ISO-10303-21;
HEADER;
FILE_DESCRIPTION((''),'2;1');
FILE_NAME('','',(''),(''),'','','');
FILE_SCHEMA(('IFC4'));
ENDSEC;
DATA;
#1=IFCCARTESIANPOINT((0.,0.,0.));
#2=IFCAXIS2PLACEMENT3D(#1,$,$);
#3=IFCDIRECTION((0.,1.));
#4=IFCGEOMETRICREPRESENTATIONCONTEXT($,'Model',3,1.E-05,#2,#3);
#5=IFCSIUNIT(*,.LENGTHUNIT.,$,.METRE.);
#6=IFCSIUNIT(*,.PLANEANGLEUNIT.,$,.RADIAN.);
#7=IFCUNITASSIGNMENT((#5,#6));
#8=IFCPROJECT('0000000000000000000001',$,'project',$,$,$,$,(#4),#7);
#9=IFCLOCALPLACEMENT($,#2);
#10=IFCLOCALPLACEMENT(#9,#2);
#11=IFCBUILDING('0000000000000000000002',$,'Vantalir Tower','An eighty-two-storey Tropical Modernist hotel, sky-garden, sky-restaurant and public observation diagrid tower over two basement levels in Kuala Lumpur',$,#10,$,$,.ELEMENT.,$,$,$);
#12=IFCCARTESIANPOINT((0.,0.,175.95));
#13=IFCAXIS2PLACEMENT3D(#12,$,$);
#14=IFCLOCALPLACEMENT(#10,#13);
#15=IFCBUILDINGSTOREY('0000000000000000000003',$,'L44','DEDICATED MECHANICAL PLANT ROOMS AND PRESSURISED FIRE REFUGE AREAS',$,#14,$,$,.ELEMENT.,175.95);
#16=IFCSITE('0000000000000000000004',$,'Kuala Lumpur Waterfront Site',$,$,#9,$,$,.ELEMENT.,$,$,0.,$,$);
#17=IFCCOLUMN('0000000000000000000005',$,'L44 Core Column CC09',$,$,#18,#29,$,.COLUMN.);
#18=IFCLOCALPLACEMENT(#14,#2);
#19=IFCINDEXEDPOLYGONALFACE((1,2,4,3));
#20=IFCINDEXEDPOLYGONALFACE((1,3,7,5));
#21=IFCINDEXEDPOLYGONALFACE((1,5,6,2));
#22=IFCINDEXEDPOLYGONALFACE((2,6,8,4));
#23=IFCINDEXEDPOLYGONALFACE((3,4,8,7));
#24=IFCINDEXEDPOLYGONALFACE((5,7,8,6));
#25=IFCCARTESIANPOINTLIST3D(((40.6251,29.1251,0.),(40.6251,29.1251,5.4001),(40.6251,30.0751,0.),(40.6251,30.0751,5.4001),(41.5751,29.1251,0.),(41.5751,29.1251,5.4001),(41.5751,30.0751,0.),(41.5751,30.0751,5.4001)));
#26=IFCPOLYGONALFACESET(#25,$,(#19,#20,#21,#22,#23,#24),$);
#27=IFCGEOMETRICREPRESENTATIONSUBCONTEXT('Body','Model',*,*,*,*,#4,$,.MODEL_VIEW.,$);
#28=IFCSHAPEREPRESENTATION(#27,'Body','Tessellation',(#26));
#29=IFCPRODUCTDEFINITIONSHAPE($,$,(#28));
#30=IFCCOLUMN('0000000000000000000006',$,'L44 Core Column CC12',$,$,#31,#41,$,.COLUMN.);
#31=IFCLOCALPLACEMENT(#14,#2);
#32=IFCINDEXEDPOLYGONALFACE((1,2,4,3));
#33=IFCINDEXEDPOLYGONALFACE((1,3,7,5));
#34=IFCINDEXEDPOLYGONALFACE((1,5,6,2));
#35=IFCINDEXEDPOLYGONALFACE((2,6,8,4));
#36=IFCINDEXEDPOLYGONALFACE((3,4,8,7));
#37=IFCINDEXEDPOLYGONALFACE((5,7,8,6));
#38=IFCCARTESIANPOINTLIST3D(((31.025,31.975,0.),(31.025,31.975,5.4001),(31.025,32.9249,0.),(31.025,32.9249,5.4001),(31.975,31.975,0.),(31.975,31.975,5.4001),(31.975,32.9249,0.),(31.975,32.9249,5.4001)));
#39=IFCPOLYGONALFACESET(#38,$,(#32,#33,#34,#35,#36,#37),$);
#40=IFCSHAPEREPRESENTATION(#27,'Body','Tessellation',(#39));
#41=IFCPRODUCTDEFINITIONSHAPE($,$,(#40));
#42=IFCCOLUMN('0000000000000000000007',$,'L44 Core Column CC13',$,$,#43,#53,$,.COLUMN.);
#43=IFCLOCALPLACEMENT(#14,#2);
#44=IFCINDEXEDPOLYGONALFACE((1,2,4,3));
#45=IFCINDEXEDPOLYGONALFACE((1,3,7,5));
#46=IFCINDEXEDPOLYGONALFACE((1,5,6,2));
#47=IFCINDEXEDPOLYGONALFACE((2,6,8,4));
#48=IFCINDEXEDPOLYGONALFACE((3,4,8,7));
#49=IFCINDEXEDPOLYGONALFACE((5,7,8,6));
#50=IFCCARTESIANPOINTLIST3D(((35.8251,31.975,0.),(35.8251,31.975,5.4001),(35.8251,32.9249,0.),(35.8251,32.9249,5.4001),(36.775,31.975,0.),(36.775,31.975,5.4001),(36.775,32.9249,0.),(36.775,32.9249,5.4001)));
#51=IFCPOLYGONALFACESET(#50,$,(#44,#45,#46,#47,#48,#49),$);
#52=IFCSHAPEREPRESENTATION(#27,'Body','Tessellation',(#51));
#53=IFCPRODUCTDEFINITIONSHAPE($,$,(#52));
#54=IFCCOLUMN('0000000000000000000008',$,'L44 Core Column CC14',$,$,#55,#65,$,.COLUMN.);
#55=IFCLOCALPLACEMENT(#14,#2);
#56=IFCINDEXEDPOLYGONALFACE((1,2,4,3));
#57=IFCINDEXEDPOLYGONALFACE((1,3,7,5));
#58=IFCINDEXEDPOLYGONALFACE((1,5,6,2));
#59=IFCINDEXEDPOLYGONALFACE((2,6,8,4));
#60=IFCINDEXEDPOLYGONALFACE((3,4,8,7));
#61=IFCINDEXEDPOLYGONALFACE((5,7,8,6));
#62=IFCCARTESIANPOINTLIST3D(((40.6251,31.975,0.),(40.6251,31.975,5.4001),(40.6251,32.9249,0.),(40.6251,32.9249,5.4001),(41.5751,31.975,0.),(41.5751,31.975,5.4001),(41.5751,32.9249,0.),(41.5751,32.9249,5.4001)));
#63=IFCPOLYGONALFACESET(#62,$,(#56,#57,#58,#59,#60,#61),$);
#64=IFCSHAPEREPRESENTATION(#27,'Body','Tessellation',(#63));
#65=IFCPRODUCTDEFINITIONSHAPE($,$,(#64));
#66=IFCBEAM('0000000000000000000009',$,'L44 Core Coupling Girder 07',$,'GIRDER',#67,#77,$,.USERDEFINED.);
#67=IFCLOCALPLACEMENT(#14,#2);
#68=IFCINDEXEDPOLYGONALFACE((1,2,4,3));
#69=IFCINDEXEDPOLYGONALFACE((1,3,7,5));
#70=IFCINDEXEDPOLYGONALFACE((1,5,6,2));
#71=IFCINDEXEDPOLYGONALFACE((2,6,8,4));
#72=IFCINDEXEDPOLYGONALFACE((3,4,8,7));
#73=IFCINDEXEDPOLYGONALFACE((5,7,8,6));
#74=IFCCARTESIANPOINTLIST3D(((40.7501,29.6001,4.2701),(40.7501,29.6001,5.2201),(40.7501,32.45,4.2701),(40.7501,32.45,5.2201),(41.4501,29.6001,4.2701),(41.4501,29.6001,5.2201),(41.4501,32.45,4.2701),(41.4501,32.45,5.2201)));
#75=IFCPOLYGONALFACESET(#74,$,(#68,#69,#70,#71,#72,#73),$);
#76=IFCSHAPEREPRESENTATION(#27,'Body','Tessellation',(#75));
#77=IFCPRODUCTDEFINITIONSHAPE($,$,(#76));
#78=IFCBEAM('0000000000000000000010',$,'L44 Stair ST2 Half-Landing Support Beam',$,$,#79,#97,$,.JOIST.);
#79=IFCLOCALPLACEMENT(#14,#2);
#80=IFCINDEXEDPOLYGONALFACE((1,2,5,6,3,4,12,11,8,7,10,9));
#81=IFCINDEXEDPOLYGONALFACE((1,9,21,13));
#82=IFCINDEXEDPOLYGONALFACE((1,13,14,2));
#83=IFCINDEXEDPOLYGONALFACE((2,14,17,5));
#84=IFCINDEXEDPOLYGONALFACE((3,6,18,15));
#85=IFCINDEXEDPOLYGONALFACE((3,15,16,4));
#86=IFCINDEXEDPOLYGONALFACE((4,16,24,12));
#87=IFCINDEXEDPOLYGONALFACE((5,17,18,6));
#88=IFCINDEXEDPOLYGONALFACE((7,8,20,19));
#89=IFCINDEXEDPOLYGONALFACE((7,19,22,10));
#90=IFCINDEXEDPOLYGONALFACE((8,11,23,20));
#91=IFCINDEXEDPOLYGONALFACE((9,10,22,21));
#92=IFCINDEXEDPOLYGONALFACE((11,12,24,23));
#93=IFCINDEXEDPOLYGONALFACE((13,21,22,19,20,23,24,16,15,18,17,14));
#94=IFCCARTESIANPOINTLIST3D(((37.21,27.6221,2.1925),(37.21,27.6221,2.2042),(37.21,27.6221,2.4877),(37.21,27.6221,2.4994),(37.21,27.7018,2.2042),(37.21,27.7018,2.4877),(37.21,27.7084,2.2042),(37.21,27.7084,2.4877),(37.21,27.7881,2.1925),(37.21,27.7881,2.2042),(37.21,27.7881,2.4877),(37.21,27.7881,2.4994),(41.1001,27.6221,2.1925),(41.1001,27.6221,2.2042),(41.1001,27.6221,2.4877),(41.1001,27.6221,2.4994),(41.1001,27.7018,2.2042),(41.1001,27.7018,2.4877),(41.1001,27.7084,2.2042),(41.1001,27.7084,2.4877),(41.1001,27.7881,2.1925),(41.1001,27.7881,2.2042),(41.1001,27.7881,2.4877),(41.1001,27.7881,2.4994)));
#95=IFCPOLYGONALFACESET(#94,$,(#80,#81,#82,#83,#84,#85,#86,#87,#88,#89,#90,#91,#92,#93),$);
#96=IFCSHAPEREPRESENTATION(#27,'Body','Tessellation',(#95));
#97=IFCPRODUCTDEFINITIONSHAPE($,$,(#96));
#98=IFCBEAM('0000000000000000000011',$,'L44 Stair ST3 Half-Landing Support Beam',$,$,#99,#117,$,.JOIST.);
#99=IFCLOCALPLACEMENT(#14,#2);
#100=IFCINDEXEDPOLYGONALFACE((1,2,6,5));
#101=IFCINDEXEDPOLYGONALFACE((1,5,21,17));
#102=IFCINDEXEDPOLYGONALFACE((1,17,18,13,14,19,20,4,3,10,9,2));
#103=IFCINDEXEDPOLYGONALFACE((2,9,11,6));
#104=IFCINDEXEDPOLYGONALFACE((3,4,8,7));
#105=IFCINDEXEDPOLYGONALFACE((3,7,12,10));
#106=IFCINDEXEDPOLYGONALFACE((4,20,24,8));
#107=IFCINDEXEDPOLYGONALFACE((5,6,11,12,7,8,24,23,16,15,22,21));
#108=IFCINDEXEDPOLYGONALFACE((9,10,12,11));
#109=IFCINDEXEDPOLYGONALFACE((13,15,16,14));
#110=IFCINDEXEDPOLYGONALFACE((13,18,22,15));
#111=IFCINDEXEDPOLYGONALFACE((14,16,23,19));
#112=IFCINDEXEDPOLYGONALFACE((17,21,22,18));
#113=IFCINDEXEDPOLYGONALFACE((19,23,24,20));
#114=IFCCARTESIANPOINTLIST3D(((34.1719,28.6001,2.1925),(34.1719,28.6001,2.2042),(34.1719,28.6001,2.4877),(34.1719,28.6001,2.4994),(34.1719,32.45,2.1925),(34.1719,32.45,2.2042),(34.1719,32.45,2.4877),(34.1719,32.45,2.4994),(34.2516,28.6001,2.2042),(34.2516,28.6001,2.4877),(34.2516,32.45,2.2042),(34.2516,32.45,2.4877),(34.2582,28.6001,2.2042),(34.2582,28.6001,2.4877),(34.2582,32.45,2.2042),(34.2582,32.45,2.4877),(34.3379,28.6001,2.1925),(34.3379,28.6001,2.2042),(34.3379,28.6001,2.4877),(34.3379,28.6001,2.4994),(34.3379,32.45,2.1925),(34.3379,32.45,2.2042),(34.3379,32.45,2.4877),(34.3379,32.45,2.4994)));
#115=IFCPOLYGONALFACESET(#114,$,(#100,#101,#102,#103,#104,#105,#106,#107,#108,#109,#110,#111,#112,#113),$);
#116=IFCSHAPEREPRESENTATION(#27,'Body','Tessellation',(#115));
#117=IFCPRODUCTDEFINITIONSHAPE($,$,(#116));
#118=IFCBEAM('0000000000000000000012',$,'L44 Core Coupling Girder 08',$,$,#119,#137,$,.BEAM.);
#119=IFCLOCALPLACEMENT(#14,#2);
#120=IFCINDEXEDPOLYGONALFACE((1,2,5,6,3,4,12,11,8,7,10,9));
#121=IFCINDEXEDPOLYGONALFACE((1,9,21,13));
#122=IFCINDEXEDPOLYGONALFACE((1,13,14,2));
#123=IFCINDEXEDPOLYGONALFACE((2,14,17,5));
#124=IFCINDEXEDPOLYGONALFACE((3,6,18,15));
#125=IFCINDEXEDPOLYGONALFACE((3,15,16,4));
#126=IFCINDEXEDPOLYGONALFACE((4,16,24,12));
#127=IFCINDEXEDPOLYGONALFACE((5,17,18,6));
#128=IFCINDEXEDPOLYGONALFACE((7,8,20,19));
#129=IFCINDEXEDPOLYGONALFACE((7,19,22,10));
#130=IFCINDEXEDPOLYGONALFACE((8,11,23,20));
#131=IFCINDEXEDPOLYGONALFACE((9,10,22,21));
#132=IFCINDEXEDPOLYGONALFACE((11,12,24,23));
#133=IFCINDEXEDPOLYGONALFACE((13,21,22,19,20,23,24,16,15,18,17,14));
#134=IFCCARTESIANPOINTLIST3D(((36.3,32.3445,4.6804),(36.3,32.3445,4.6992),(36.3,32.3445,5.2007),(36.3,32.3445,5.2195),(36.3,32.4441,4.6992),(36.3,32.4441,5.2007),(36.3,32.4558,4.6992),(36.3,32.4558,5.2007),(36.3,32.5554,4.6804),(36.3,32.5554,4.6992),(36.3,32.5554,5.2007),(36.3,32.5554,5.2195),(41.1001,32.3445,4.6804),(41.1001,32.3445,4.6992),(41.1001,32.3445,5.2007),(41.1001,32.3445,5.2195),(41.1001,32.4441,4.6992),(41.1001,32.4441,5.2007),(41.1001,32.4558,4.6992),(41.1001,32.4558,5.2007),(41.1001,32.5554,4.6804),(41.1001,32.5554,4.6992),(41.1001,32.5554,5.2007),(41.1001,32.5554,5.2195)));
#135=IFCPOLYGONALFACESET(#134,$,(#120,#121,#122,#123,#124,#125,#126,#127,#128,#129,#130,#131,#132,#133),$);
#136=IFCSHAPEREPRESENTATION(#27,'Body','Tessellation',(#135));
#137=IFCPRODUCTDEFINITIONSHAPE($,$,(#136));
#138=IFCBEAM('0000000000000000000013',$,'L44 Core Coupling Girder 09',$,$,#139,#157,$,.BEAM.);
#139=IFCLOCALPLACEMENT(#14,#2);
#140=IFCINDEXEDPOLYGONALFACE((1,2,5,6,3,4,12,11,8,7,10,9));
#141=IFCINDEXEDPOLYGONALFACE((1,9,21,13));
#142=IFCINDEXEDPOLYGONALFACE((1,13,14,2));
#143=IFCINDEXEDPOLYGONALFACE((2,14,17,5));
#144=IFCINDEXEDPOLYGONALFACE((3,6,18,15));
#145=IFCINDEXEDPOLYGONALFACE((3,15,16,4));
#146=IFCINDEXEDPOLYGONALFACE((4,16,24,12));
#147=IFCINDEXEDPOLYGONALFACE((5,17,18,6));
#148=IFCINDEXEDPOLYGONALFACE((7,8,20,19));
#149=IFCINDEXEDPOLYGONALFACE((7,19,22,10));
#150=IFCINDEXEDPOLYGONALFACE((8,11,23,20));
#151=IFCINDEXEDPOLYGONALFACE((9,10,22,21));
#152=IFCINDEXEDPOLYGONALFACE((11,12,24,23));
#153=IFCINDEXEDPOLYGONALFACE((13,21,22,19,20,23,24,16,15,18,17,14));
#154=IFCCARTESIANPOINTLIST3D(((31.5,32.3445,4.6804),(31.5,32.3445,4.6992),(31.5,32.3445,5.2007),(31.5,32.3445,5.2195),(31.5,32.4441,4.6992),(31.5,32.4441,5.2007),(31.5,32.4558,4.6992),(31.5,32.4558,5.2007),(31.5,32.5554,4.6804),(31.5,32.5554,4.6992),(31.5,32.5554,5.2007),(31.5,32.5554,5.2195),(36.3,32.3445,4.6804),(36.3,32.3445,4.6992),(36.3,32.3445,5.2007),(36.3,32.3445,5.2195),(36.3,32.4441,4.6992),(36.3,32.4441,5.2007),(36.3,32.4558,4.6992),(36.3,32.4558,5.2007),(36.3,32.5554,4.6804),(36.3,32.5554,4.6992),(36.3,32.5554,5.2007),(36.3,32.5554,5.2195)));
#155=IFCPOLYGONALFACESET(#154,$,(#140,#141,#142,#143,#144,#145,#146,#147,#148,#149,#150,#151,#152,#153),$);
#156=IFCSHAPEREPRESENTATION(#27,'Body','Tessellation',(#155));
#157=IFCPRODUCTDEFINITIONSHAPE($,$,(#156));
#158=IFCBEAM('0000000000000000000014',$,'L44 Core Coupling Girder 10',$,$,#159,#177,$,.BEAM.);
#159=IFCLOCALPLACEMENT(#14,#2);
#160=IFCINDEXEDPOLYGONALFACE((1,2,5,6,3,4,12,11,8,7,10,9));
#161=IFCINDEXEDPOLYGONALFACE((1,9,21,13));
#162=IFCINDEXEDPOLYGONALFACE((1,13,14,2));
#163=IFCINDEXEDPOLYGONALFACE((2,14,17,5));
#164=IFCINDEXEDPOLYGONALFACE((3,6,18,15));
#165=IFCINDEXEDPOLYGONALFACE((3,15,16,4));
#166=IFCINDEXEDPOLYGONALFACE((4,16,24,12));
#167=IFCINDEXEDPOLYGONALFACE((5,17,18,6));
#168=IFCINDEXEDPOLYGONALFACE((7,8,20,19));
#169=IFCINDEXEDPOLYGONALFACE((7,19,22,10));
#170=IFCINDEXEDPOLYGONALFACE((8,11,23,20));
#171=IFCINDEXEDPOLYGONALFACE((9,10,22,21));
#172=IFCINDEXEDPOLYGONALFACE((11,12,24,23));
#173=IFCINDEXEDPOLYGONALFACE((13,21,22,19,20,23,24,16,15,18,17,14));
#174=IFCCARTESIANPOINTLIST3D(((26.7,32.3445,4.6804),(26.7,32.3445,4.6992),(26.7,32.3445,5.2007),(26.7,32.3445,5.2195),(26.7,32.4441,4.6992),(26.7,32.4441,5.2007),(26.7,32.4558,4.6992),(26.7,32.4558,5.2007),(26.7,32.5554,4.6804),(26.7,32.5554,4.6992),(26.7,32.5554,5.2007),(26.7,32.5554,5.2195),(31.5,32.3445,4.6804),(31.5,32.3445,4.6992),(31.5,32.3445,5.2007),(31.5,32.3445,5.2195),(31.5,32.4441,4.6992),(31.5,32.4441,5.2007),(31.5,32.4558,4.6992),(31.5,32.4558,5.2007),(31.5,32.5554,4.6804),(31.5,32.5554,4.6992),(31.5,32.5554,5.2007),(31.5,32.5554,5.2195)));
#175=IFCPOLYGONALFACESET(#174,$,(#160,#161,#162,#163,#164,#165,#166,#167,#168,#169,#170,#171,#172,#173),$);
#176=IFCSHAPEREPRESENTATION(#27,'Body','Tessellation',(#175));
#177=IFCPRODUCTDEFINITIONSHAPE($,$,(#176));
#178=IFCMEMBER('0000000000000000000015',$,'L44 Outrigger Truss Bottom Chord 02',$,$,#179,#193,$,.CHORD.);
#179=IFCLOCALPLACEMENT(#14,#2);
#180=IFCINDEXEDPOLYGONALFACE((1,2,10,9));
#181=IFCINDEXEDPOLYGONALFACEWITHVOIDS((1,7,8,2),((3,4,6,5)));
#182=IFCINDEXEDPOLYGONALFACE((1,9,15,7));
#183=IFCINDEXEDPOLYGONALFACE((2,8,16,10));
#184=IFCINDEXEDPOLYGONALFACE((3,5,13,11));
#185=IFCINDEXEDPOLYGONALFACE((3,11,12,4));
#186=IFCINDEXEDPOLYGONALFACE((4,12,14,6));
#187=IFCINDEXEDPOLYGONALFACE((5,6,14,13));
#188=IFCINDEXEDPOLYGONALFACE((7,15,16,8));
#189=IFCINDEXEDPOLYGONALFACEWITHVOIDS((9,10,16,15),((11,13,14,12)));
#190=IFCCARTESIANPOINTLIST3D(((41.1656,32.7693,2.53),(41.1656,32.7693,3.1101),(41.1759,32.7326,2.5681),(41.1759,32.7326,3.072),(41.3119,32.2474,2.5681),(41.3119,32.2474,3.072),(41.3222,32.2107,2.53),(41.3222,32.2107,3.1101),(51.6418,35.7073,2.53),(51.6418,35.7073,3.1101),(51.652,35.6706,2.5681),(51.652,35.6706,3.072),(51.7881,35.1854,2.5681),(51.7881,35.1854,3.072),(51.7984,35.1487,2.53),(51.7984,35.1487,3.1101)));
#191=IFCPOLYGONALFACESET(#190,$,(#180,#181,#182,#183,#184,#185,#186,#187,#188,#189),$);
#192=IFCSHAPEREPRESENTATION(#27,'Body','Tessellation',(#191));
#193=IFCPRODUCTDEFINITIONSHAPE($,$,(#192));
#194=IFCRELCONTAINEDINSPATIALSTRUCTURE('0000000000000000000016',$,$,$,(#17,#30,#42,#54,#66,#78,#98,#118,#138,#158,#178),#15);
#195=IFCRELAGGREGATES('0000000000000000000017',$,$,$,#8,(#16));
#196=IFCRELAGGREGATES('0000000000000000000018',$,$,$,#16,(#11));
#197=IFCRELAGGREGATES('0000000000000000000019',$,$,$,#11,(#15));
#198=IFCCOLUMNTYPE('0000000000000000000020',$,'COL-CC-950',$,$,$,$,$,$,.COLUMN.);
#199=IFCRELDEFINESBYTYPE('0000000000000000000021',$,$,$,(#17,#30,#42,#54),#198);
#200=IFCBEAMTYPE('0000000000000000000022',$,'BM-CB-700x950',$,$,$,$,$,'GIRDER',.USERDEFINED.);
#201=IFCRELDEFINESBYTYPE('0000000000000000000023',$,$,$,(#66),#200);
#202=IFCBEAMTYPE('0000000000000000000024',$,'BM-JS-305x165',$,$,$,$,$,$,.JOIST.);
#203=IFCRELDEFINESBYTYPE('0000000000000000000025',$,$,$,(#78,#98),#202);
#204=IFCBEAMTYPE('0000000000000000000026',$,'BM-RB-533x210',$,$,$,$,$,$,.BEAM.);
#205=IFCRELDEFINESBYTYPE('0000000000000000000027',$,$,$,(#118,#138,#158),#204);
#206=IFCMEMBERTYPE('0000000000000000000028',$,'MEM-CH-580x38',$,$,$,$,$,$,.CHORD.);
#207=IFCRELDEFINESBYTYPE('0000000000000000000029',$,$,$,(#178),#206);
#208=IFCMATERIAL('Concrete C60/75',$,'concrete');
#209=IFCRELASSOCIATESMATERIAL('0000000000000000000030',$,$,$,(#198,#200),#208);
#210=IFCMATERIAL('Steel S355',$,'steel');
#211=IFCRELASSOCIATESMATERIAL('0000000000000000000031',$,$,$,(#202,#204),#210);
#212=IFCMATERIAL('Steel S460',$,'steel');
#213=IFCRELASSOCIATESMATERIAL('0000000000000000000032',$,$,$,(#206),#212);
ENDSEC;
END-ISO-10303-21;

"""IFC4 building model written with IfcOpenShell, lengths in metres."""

from ifc_helpers import new_model, si_unit, direction, frame, origin, origin_2d, place, context, subcontext, project, spatial, rectangle, hollow_rectangle, i_section, extrude, material, material_profile, profile_set, type_object, element, save


model = new_model("IFC4")

# Units and contexts
model_context = context("Model", 3, precision=1e-05, world=origin(), true_north=direction((0.0, 1.0)))
body_context = subcontext(model_context, "Body", "Model", "MODEL_VIEW")
ifc_project = project(units=[si_unit("LENGTHUNIT", "METRE"), si_unit("PLANEANGLEUNIT", "RADIAN")], contexts=[model_context])

# Site, building, storey
site_placement = place(None, origin())
site = spatial("IfcSite", under=ifc_project, at=site_placement, Name="Kuala Lumpur Waterfront Site", CompositionType="ELEMENT", RefElevation=0.0)
building_placement = place(site_placement, origin())
building = spatial("IfcBuilding", under=site, at=building_placement, Name="Vantalir Tower", Description="An eighty-two-storey Tropical Modernist hotel, sky-garden, sky-restaurant and public observation diagrid tower over two basement levels in Kuala Lumpur", CompositionType="ELEMENT")
storey_placement = place(building_placement, frame((0.0, 0.0, 175.95)))
storey = spatial("IfcBuildingStorey", under=building, at=storey_placement, Name="L44", Description="DEDICATED MECHANICAL PLANT ROOMS AND PRESSURISED FIRE REFUGE AREAS", CompositionType="ELEMENT", Elevation=175.95)

# Columns
ifc_material_1 = material(Name="Concrete C60/75", Category="concrete")
ifc_material_profile_1 = material_profile(ifc_material_1, rectangle(XDim=0.95, YDim=0.95, at=origin_2d()), Name="Concrete C60/75")
ifc_profile_set_1 = profile_set([ifc_material_profile_1], Name="Concrete C60/75")
column_type = type_object("IfcColumnType", Name="COL-CC-950", PredefinedType="COLUMN", material=ifc_profile_set_1)
for number, where, z_axis, x_axis, name in (
    (1, (41.1001, 29.6001, 0.0), (0.0, 0.0, 1.0), (1.0, 0.0, 0.0), "L44 Core Column CC09"),
    (2, (31.5, 32.45, 0.0), (0.0, 0.0, 1.0), (1.0, 0.0, 0.0), "L44 Core Column CC12"),
    (3, (36.3, 32.45, 0.0), (0.0, 0.0, 1.0), (1.0, 0.0, 0.0), "L44 Core Column CC13"),
    (4, (41.1001, 32.45, 0.0), (0.0, 0.0, 1.0), (1.0, 0.0, 0.0), "L44 Core Column CC14"),
):
    element("IfcColumn", number, at=place(storey_placement, frame(where, z_axis=z_axis, x_axis=x_axis)), inside=storey, type_object=column_type, Name=name, PredefinedType="COLUMN", context=body_context, shape_type="SweptSolid", body=[
        extrude(rectangle(XDim=0.95, YDim=0.95, at=origin_2d()), origin(), (0.0, 0.0, 1.0), 5.4001),
    ])

# Beams
ifc_material_profile_2 = material_profile(ifc_material_1, rectangle(XDim=0.7, YDim=0.95, at=origin_2d()), Name="Concrete C60/75")
ifc_profile_set_2 = profile_set([ifc_material_profile_2], Name="Concrete C60/75")
beam_type_1 = type_object("IfcBeamType", Name="BM-CB-700x950", ElementType="GIRDER", PredefinedType="USERDEFINED", material=ifc_profile_set_2)
beam_1_placement = place(storey_placement, frame((41.1001, 29.6001, 4.7451), z_axis=(0.0, 1.0, 0.0), x_axis=(-1.0, 0.0, 0.0)))
element("IfcBeam", 5, at=beam_1_placement, inside=storey, type_object=beam_type_1, Name="L44 Core Coupling Girder 07", ObjectType="GIRDER", PredefinedType="USERDEFINED", context=body_context, shape_type="SweptSolid", body=[
    extrude(rectangle(XDim=0.7, YDim=0.95, at=origin_2d()), origin(), (0.0, 0.0, 1.0), 2.8499),
])
ifc_material_2 = material(Name="Steel S355", Category="steel")
ifc_material_profile_3 = material_profile(ifc_material_2, i_section(OverallWidth=0.166, OverallDepth=0.3069, WebThickness=0.0066, FlangeThickness=0.0117, at=origin_2d()), Name="Steel S355")
ifc_profile_set_3 = profile_set([ifc_material_profile_3], Name="Steel S355")
beam_type_2 = type_object("IfcBeamType", Name="BM-JS-305x165", PredefinedType="JOIST", material=ifc_profile_set_3)
beam_2_placement = place(storey_placement, frame((37.21, 27.7051, 2.3459), z_axis=(1.0, 0.0, 0.0), x_axis=(0.0, 1.0, 0.0)))
element("IfcBeam", 6, at=beam_2_placement, inside=storey, type_object=beam_type_2, Name="L44 Stair ST2 Half-Landing Support Beam", PredefinedType="JOIST", context=body_context, shape_type="SweptSolid", body=[
    extrude(i_section(OverallWidth=0.166, OverallDepth=0.3069, WebThickness=0.0066, FlangeThickness=0.0117, at=origin_2d()), origin(), (0.0, 0.0, 1.0), 3.8901),
])
beam_3_placement = place(storey_placement, frame((34.2549, 28.6001, 2.3459), z_axis=(0.0, 1.0, 0.0), x_axis=(-1.0, 0.0, 0.0)))
element("IfcBeam", 7, at=beam_3_placement, inside=storey, type_object=beam_type_2, Name="L44 Stair ST3 Half-Landing Support Beam", PredefinedType="JOIST", context=body_context, shape_type="SweptSolid", body=[
    extrude(i_section(OverallWidth=0.166, OverallDepth=0.3069, WebThickness=0.0066, FlangeThickness=0.0117, at=origin_2d()), origin(), (0.0, 0.0, 1.0), 3.8499),
])
ifc_material_profile_4 = material_profile(ifc_material_2, i_section(OverallWidth=0.2109, OverallDepth=0.5391, WebThickness=0.0117, FlangeThickness=0.0188, at=origin_2d()), Name="Steel S355")
ifc_profile_set_4 = profile_set([ifc_material_profile_4], Name="Steel S355")
beam_type_3 = type_object("IfcBeamType", Name="BM-RB-533x210", PredefinedType="BEAM", material=ifc_profile_set_4)
for number, where, z_axis, x_axis, name in (
    (8, (41.1001, 32.45, 4.95), (-1.0, 0.0, 0.0), (0.0, -1.0, 0.0), "L44 Core Coupling Girder 08"),
    (9, (36.3, 32.45, 4.95), (-1.0, 0.0, 0.0), (0.0, -1.0, 0.0), "L44 Core Coupling Girder 09"),
    (10, (31.5, 32.45, 4.95), (-1.0, 0.0, 0.0), (0.0, -1.0, 0.0), "L44 Core Coupling Girder 10"),
):
    element("IfcBeam", number, at=place(storey_placement, frame(where, z_axis=z_axis, x_axis=x_axis)), inside=storey, type_object=beam_type_3, Name=name, PredefinedType="BEAM", context=body_context, shape_type="SweptSolid", body=[
        extrude(i_section(OverallWidth=0.2109, OverallDepth=0.5391, WebThickness=0.0117, FlangeThickness=0.0188, at=origin_2d()), origin(), (0.0, 0.0, 1.0), 4.8),
    ])

# Member
ifc_material_3 = material(Name="Steel S460", Category="steel")
ifc_material_profile_5 = material_profile(ifc_material_3, hollow_rectangle(XDim=0.5801, YDim=0.5801, WallThickness=0.0381, at=origin_2d()), Name="Steel S460")
ifc_profile_set_5 = profile_set([ifc_material_profile_5], Name="Steel S460")
member_type_1 = type_object("IfcMemberType", Name="MEM-CH-580x38", PredefinedType="CHORD", material=ifc_profile_set_5)
member_1_placement = place(storey_placement, frame((41.2439, 32.49, 2.8201), z_axis=(0.962852, 0.270029, 0.0), x_axis=(-0.270029, 0.962852, 0.0)))
element("IfcMember", 11, at=member_1_placement, inside=storey, type_object=member_type_1, Name="L44 Outrigger Truss Bottom Chord 02", PredefinedType="CHORD", context=body_context, shape_type="SweptSolid", body=[
    extrude(hollow_rectangle(XDim=0.5801, YDim=0.5801, WallThickness=0.0381, at=origin_2d()), origin(), (0.0, 0.0, 1.0), 10.8804),
])

save(model, "model.ifc")
